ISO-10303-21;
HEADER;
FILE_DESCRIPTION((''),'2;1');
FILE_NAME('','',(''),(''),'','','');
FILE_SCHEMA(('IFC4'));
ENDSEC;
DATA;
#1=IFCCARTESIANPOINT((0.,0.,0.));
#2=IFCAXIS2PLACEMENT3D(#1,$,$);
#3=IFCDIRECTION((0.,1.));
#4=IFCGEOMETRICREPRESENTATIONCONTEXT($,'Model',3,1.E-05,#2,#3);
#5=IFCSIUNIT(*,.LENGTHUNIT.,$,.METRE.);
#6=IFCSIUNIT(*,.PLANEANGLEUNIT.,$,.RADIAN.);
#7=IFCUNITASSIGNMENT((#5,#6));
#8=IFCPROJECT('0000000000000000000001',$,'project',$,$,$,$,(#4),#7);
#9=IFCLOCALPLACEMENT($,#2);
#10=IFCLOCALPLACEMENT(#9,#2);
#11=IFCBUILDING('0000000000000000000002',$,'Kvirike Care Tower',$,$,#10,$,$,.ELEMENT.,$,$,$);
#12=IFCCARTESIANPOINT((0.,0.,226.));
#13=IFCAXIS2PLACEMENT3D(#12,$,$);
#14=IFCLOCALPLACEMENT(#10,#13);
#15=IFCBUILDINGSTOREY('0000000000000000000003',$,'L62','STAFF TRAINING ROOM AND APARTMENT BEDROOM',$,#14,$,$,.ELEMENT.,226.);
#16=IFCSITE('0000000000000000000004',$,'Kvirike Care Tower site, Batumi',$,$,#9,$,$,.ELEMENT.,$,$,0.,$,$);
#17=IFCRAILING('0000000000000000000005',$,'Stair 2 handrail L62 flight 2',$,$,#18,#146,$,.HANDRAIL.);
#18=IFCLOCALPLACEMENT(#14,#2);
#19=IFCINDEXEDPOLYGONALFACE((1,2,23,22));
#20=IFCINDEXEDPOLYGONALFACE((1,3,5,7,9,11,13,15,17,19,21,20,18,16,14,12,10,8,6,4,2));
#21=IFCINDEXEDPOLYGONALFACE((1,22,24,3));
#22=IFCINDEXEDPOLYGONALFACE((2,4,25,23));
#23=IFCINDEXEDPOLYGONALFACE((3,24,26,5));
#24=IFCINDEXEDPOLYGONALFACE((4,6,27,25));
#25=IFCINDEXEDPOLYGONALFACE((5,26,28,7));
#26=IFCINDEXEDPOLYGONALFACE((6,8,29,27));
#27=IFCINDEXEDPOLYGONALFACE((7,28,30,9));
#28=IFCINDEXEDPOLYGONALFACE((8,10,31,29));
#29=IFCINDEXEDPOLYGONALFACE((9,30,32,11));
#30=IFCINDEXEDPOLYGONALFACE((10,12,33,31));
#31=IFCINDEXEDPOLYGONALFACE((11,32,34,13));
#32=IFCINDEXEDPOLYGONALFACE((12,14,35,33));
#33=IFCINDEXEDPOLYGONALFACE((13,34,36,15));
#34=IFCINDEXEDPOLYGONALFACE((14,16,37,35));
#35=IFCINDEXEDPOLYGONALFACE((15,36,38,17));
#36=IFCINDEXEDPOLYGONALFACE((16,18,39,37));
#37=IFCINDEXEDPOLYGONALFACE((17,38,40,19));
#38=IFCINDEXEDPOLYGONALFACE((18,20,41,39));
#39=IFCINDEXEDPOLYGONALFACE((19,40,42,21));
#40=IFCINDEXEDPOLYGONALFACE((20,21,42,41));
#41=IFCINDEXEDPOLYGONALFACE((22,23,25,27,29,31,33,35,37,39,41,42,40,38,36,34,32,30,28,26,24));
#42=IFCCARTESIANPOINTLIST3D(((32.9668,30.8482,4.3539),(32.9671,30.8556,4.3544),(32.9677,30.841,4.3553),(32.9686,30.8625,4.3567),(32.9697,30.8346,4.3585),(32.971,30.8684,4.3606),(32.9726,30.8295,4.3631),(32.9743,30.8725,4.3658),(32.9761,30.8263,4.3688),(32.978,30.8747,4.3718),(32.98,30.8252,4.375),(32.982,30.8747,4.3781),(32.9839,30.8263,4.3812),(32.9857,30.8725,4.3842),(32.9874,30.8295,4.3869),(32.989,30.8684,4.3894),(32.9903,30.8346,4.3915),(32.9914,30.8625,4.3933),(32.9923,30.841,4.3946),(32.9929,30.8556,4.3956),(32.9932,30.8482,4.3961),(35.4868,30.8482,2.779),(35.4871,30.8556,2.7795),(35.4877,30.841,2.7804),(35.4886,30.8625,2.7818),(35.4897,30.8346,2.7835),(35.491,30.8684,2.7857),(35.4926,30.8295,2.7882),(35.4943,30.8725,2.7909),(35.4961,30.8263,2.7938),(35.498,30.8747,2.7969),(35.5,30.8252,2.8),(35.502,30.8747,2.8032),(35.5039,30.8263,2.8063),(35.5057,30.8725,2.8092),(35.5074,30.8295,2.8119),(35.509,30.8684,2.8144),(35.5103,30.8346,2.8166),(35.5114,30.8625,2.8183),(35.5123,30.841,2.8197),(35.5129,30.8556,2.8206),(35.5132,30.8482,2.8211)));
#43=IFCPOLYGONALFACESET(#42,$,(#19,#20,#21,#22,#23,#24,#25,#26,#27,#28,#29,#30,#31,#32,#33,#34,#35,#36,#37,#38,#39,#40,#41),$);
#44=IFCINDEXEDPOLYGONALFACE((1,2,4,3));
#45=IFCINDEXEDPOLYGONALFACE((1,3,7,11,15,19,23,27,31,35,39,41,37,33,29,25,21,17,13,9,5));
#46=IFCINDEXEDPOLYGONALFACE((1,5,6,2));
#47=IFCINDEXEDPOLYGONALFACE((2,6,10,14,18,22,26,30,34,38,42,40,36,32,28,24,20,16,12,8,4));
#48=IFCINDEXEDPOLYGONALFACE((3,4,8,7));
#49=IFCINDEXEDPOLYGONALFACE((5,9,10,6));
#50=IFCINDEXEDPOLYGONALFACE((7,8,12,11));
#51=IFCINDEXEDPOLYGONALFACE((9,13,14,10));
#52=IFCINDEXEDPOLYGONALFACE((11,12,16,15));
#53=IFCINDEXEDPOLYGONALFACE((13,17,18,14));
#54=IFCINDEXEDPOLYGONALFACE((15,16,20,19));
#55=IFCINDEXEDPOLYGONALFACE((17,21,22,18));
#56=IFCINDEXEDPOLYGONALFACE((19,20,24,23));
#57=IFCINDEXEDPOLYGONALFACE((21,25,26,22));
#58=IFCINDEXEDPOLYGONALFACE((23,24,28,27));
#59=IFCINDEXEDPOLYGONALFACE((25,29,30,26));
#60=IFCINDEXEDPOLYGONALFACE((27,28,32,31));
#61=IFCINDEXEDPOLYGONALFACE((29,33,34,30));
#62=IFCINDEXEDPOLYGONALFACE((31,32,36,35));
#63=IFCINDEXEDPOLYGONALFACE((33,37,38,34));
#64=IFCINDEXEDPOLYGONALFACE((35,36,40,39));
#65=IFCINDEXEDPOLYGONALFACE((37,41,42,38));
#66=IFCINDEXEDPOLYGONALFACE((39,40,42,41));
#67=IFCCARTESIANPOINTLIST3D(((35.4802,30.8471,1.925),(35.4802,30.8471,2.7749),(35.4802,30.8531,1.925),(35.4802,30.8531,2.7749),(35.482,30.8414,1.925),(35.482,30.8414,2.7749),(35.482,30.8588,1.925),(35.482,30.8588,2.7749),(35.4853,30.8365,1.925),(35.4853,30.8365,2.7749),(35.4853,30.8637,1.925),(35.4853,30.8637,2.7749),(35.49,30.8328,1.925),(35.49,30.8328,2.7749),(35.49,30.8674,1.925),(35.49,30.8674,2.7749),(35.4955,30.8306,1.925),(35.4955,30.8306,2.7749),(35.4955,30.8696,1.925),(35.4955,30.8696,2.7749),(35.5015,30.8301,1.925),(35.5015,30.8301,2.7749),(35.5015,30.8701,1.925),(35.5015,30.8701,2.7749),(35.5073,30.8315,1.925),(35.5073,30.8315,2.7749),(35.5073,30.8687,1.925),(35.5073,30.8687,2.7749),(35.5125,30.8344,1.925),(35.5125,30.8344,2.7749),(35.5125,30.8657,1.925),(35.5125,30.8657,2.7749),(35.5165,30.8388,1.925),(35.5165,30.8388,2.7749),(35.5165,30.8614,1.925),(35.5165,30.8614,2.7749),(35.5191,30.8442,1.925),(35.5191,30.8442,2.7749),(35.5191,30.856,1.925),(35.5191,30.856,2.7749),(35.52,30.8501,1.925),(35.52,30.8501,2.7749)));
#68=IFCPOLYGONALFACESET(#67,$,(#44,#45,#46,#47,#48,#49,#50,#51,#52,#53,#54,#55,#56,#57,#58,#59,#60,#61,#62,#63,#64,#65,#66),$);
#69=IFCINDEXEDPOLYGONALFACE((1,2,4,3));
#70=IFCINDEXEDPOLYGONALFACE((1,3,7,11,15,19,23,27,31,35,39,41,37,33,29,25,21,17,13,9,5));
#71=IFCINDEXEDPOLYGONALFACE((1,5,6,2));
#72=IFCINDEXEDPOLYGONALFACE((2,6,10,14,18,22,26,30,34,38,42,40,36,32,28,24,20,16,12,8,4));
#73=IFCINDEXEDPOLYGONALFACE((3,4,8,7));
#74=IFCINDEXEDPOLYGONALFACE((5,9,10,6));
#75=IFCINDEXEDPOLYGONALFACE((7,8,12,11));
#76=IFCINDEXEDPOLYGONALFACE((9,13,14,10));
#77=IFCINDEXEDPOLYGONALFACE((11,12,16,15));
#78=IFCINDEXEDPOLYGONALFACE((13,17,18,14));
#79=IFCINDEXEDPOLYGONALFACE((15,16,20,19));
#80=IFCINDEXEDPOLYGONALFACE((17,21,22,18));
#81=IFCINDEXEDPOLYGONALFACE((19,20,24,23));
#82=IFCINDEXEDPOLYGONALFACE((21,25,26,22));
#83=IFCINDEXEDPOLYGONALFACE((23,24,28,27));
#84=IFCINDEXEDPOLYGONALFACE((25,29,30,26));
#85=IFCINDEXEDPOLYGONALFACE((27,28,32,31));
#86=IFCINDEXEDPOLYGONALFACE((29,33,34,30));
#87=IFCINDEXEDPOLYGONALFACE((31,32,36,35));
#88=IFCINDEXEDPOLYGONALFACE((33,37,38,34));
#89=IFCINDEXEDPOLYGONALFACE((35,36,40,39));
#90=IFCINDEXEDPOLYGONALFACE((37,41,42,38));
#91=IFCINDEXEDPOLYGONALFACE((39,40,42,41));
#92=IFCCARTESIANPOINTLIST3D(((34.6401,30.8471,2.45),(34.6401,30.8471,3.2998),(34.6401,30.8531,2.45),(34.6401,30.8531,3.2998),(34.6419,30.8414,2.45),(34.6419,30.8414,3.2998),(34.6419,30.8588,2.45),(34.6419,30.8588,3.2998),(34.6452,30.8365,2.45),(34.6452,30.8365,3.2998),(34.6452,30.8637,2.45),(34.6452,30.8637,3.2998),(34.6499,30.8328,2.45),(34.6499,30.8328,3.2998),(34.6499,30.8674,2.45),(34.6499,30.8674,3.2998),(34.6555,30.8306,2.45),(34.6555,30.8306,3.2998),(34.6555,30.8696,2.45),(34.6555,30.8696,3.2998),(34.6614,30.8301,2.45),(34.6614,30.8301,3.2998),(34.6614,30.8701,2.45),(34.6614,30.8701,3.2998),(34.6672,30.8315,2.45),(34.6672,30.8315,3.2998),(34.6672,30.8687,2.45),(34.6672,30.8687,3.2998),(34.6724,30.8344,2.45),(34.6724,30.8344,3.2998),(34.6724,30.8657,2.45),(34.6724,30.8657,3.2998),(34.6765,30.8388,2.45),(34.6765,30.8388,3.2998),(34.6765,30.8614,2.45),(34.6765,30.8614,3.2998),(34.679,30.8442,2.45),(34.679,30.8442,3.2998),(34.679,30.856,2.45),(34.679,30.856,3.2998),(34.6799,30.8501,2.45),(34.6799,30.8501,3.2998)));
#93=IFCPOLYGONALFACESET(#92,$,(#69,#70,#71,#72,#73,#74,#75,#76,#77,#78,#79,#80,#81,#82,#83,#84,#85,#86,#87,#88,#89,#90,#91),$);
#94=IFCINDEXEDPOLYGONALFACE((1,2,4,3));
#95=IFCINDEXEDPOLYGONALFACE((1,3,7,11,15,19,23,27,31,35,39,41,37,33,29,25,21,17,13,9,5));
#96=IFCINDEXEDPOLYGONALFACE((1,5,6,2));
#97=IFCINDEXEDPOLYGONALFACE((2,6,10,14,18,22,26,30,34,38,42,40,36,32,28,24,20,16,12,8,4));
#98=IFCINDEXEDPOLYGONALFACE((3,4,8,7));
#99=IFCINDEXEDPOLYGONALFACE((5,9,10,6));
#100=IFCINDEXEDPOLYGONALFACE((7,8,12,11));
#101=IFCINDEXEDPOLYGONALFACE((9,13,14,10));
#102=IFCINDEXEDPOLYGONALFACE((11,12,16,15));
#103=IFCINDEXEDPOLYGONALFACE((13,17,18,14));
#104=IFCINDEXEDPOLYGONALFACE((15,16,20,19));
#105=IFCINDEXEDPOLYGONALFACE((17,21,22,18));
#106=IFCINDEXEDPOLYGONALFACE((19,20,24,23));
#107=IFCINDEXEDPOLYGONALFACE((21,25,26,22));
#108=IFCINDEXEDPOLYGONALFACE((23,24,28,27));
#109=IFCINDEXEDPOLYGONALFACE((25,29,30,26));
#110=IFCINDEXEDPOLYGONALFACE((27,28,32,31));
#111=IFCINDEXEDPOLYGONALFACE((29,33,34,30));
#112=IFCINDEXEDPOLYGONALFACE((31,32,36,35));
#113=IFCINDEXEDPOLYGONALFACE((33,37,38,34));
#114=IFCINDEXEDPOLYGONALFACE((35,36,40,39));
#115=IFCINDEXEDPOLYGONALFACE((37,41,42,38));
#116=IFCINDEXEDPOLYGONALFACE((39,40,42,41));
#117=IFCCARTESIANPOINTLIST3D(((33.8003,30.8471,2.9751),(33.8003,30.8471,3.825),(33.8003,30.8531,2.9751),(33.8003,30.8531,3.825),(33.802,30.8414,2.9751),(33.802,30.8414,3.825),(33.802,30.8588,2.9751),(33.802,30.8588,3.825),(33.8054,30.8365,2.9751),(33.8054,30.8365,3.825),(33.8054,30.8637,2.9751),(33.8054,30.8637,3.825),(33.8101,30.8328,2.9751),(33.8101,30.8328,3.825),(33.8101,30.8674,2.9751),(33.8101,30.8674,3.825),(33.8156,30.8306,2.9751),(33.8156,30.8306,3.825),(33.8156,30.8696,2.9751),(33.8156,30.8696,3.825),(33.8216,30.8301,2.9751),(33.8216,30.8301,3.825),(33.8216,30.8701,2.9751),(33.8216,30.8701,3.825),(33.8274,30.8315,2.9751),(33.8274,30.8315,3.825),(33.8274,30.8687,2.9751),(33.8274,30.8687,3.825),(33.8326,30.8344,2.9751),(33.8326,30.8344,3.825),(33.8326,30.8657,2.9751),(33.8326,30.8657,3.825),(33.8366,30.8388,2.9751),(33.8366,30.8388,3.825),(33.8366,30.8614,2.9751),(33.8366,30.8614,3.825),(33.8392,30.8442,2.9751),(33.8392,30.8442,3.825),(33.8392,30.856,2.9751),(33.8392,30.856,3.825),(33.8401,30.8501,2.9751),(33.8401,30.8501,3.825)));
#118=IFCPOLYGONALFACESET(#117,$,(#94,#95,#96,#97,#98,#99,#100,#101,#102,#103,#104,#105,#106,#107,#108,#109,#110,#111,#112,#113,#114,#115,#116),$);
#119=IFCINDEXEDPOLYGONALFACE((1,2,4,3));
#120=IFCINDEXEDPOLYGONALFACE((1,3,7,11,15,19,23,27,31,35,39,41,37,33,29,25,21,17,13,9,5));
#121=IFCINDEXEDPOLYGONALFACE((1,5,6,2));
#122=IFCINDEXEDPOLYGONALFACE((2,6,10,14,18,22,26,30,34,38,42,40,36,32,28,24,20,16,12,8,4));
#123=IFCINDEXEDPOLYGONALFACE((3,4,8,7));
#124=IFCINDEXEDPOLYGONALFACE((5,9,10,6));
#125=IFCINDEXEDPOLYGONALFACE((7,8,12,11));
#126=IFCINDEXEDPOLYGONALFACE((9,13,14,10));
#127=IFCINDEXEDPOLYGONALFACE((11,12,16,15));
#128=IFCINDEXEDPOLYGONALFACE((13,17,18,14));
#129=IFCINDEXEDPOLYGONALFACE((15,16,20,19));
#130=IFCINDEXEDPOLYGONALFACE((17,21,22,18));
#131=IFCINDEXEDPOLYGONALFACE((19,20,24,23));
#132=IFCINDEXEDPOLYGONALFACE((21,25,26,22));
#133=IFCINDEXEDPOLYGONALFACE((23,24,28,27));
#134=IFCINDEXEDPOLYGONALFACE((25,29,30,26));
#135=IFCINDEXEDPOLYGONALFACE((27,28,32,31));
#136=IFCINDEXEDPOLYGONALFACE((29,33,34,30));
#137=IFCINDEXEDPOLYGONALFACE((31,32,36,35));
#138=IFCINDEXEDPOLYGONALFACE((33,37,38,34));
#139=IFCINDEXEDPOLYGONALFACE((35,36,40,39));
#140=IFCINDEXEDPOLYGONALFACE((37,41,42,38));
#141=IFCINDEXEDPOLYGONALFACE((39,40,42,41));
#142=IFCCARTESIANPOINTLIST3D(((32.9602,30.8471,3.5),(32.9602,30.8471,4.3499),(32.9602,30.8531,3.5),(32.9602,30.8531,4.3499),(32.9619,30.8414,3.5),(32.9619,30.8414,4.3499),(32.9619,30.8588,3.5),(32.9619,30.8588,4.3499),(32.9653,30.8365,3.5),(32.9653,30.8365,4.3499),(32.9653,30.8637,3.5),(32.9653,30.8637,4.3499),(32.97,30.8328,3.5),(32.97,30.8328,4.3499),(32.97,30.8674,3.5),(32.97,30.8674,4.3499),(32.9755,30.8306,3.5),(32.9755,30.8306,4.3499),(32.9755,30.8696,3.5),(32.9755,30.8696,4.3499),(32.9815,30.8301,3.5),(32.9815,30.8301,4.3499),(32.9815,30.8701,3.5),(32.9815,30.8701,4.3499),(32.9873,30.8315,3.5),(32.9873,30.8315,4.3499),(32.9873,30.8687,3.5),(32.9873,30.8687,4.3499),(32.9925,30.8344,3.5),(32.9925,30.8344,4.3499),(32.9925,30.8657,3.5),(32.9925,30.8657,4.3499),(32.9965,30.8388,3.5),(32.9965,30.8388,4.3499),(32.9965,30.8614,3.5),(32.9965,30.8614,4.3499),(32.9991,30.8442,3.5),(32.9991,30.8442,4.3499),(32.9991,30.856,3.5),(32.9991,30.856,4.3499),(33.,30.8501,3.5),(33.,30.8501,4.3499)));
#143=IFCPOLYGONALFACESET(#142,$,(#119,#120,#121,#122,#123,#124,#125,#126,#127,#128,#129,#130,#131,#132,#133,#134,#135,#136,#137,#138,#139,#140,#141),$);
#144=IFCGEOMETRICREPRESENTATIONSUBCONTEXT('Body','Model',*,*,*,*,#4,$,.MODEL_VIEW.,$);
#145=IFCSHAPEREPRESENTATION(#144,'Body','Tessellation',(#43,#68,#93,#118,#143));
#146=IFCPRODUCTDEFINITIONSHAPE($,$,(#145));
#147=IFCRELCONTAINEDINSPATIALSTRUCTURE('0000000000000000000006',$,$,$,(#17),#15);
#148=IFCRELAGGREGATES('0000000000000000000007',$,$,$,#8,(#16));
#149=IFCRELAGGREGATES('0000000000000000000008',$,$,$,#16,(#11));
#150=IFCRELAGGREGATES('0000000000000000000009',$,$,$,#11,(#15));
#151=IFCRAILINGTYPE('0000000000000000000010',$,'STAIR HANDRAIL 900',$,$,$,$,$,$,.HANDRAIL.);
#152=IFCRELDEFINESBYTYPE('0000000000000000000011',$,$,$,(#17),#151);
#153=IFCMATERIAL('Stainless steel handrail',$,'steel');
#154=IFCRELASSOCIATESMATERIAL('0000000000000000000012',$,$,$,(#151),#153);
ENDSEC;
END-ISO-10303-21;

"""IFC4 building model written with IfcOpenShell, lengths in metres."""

from ifc_helpers import new_model, si_unit, direction, frame, origin, origin_2d, place, context, subcontext, project, spatial, circle, extrude, material, type_object, element, save


model = new_model("IFC4")

# Units and contexts
model_context = context("Model", 3, precision=1e-05, world=origin(), true_north=direction((0.0, 1.0)))
body_context = subcontext(model_context, "Body", "Model", "MODEL_VIEW")
ifc_project = project(units=[si_unit("LENGTHUNIT", "METRE"), si_unit("PLANEANGLEUNIT", "RADIAN")], contexts=[model_context])

# Site, building, storey
site_placement = place(None, origin())
site = spatial("IfcSite", under=ifc_project, at=site_placement, Name="Kvirike Care Tower site, Batumi", CompositionType="ELEMENT", RefElevation=0.0)
building_placement = place(site_placement, origin())
building = spatial("IfcBuilding", under=site, at=building_placement, Name="Kvirike Care Tower", CompositionType="ELEMENT")
storey_placement = place(building_placement, frame((0.0, 0.0, 226.0)))
storey = spatial("IfcBuildingStorey", under=building, at=storey_placement, Name="L62", Description="STAFF TRAINING ROOM AND APARTMENT BEDROOM", CompositionType="ELEMENT", Elevation=226.0)

# Railing
ifc_material_1 = material(Name="Stainless steel handrail", Category="steel")
railing_type = type_object("IfcRailingType", Name="STAIR HANDRAIL 900", PredefinedType="HANDRAIL", material=ifc_material_1)
railing_1_placement = place(storey_placement, frame((35.5, 30.8501, 1.925)))
element("IfcRailing", 1, at=railing_1_placement, inside=storey, type_object=railing_type, Name="Stair 2 handrail L62 flight 2", PredefinedType="HANDRAIL", context=body_context, shape_type="SweptSolid", body=[
    extrude(circle(Radius=0.0249, at=origin_2d()), frame((0.0, 0.0, 0.875), z_axis=(-0.848008, 0.0, 0.529984), x_axis=(0.0, -1.0, 0.0)), (0.0, 0.0, 1.0), 2.9717),
    extrude(circle(Radius=0.02, at=origin_2d()), origin(), (0.0, 0.0, 1.0), 0.8499),
    extrude(circle(Radius=0.02, at=origin_2d()), frame((-0.8401, 0.0, 0.5249)), (0.0, 0.0, 1.0), 0.8499),
    extrude(circle(Radius=0.02, at=origin_2d()), frame((-1.6799, 0.0, 1.05)), (0.0, 0.0, 1.0), 0.8499),
    extrude(circle(Radius=0.02, at=origin_2d()), frame((-2.52, 0.0, 1.575)), (0.0, 0.0, 1.0), 0.8499),
])

save(model, "model.ifc")
